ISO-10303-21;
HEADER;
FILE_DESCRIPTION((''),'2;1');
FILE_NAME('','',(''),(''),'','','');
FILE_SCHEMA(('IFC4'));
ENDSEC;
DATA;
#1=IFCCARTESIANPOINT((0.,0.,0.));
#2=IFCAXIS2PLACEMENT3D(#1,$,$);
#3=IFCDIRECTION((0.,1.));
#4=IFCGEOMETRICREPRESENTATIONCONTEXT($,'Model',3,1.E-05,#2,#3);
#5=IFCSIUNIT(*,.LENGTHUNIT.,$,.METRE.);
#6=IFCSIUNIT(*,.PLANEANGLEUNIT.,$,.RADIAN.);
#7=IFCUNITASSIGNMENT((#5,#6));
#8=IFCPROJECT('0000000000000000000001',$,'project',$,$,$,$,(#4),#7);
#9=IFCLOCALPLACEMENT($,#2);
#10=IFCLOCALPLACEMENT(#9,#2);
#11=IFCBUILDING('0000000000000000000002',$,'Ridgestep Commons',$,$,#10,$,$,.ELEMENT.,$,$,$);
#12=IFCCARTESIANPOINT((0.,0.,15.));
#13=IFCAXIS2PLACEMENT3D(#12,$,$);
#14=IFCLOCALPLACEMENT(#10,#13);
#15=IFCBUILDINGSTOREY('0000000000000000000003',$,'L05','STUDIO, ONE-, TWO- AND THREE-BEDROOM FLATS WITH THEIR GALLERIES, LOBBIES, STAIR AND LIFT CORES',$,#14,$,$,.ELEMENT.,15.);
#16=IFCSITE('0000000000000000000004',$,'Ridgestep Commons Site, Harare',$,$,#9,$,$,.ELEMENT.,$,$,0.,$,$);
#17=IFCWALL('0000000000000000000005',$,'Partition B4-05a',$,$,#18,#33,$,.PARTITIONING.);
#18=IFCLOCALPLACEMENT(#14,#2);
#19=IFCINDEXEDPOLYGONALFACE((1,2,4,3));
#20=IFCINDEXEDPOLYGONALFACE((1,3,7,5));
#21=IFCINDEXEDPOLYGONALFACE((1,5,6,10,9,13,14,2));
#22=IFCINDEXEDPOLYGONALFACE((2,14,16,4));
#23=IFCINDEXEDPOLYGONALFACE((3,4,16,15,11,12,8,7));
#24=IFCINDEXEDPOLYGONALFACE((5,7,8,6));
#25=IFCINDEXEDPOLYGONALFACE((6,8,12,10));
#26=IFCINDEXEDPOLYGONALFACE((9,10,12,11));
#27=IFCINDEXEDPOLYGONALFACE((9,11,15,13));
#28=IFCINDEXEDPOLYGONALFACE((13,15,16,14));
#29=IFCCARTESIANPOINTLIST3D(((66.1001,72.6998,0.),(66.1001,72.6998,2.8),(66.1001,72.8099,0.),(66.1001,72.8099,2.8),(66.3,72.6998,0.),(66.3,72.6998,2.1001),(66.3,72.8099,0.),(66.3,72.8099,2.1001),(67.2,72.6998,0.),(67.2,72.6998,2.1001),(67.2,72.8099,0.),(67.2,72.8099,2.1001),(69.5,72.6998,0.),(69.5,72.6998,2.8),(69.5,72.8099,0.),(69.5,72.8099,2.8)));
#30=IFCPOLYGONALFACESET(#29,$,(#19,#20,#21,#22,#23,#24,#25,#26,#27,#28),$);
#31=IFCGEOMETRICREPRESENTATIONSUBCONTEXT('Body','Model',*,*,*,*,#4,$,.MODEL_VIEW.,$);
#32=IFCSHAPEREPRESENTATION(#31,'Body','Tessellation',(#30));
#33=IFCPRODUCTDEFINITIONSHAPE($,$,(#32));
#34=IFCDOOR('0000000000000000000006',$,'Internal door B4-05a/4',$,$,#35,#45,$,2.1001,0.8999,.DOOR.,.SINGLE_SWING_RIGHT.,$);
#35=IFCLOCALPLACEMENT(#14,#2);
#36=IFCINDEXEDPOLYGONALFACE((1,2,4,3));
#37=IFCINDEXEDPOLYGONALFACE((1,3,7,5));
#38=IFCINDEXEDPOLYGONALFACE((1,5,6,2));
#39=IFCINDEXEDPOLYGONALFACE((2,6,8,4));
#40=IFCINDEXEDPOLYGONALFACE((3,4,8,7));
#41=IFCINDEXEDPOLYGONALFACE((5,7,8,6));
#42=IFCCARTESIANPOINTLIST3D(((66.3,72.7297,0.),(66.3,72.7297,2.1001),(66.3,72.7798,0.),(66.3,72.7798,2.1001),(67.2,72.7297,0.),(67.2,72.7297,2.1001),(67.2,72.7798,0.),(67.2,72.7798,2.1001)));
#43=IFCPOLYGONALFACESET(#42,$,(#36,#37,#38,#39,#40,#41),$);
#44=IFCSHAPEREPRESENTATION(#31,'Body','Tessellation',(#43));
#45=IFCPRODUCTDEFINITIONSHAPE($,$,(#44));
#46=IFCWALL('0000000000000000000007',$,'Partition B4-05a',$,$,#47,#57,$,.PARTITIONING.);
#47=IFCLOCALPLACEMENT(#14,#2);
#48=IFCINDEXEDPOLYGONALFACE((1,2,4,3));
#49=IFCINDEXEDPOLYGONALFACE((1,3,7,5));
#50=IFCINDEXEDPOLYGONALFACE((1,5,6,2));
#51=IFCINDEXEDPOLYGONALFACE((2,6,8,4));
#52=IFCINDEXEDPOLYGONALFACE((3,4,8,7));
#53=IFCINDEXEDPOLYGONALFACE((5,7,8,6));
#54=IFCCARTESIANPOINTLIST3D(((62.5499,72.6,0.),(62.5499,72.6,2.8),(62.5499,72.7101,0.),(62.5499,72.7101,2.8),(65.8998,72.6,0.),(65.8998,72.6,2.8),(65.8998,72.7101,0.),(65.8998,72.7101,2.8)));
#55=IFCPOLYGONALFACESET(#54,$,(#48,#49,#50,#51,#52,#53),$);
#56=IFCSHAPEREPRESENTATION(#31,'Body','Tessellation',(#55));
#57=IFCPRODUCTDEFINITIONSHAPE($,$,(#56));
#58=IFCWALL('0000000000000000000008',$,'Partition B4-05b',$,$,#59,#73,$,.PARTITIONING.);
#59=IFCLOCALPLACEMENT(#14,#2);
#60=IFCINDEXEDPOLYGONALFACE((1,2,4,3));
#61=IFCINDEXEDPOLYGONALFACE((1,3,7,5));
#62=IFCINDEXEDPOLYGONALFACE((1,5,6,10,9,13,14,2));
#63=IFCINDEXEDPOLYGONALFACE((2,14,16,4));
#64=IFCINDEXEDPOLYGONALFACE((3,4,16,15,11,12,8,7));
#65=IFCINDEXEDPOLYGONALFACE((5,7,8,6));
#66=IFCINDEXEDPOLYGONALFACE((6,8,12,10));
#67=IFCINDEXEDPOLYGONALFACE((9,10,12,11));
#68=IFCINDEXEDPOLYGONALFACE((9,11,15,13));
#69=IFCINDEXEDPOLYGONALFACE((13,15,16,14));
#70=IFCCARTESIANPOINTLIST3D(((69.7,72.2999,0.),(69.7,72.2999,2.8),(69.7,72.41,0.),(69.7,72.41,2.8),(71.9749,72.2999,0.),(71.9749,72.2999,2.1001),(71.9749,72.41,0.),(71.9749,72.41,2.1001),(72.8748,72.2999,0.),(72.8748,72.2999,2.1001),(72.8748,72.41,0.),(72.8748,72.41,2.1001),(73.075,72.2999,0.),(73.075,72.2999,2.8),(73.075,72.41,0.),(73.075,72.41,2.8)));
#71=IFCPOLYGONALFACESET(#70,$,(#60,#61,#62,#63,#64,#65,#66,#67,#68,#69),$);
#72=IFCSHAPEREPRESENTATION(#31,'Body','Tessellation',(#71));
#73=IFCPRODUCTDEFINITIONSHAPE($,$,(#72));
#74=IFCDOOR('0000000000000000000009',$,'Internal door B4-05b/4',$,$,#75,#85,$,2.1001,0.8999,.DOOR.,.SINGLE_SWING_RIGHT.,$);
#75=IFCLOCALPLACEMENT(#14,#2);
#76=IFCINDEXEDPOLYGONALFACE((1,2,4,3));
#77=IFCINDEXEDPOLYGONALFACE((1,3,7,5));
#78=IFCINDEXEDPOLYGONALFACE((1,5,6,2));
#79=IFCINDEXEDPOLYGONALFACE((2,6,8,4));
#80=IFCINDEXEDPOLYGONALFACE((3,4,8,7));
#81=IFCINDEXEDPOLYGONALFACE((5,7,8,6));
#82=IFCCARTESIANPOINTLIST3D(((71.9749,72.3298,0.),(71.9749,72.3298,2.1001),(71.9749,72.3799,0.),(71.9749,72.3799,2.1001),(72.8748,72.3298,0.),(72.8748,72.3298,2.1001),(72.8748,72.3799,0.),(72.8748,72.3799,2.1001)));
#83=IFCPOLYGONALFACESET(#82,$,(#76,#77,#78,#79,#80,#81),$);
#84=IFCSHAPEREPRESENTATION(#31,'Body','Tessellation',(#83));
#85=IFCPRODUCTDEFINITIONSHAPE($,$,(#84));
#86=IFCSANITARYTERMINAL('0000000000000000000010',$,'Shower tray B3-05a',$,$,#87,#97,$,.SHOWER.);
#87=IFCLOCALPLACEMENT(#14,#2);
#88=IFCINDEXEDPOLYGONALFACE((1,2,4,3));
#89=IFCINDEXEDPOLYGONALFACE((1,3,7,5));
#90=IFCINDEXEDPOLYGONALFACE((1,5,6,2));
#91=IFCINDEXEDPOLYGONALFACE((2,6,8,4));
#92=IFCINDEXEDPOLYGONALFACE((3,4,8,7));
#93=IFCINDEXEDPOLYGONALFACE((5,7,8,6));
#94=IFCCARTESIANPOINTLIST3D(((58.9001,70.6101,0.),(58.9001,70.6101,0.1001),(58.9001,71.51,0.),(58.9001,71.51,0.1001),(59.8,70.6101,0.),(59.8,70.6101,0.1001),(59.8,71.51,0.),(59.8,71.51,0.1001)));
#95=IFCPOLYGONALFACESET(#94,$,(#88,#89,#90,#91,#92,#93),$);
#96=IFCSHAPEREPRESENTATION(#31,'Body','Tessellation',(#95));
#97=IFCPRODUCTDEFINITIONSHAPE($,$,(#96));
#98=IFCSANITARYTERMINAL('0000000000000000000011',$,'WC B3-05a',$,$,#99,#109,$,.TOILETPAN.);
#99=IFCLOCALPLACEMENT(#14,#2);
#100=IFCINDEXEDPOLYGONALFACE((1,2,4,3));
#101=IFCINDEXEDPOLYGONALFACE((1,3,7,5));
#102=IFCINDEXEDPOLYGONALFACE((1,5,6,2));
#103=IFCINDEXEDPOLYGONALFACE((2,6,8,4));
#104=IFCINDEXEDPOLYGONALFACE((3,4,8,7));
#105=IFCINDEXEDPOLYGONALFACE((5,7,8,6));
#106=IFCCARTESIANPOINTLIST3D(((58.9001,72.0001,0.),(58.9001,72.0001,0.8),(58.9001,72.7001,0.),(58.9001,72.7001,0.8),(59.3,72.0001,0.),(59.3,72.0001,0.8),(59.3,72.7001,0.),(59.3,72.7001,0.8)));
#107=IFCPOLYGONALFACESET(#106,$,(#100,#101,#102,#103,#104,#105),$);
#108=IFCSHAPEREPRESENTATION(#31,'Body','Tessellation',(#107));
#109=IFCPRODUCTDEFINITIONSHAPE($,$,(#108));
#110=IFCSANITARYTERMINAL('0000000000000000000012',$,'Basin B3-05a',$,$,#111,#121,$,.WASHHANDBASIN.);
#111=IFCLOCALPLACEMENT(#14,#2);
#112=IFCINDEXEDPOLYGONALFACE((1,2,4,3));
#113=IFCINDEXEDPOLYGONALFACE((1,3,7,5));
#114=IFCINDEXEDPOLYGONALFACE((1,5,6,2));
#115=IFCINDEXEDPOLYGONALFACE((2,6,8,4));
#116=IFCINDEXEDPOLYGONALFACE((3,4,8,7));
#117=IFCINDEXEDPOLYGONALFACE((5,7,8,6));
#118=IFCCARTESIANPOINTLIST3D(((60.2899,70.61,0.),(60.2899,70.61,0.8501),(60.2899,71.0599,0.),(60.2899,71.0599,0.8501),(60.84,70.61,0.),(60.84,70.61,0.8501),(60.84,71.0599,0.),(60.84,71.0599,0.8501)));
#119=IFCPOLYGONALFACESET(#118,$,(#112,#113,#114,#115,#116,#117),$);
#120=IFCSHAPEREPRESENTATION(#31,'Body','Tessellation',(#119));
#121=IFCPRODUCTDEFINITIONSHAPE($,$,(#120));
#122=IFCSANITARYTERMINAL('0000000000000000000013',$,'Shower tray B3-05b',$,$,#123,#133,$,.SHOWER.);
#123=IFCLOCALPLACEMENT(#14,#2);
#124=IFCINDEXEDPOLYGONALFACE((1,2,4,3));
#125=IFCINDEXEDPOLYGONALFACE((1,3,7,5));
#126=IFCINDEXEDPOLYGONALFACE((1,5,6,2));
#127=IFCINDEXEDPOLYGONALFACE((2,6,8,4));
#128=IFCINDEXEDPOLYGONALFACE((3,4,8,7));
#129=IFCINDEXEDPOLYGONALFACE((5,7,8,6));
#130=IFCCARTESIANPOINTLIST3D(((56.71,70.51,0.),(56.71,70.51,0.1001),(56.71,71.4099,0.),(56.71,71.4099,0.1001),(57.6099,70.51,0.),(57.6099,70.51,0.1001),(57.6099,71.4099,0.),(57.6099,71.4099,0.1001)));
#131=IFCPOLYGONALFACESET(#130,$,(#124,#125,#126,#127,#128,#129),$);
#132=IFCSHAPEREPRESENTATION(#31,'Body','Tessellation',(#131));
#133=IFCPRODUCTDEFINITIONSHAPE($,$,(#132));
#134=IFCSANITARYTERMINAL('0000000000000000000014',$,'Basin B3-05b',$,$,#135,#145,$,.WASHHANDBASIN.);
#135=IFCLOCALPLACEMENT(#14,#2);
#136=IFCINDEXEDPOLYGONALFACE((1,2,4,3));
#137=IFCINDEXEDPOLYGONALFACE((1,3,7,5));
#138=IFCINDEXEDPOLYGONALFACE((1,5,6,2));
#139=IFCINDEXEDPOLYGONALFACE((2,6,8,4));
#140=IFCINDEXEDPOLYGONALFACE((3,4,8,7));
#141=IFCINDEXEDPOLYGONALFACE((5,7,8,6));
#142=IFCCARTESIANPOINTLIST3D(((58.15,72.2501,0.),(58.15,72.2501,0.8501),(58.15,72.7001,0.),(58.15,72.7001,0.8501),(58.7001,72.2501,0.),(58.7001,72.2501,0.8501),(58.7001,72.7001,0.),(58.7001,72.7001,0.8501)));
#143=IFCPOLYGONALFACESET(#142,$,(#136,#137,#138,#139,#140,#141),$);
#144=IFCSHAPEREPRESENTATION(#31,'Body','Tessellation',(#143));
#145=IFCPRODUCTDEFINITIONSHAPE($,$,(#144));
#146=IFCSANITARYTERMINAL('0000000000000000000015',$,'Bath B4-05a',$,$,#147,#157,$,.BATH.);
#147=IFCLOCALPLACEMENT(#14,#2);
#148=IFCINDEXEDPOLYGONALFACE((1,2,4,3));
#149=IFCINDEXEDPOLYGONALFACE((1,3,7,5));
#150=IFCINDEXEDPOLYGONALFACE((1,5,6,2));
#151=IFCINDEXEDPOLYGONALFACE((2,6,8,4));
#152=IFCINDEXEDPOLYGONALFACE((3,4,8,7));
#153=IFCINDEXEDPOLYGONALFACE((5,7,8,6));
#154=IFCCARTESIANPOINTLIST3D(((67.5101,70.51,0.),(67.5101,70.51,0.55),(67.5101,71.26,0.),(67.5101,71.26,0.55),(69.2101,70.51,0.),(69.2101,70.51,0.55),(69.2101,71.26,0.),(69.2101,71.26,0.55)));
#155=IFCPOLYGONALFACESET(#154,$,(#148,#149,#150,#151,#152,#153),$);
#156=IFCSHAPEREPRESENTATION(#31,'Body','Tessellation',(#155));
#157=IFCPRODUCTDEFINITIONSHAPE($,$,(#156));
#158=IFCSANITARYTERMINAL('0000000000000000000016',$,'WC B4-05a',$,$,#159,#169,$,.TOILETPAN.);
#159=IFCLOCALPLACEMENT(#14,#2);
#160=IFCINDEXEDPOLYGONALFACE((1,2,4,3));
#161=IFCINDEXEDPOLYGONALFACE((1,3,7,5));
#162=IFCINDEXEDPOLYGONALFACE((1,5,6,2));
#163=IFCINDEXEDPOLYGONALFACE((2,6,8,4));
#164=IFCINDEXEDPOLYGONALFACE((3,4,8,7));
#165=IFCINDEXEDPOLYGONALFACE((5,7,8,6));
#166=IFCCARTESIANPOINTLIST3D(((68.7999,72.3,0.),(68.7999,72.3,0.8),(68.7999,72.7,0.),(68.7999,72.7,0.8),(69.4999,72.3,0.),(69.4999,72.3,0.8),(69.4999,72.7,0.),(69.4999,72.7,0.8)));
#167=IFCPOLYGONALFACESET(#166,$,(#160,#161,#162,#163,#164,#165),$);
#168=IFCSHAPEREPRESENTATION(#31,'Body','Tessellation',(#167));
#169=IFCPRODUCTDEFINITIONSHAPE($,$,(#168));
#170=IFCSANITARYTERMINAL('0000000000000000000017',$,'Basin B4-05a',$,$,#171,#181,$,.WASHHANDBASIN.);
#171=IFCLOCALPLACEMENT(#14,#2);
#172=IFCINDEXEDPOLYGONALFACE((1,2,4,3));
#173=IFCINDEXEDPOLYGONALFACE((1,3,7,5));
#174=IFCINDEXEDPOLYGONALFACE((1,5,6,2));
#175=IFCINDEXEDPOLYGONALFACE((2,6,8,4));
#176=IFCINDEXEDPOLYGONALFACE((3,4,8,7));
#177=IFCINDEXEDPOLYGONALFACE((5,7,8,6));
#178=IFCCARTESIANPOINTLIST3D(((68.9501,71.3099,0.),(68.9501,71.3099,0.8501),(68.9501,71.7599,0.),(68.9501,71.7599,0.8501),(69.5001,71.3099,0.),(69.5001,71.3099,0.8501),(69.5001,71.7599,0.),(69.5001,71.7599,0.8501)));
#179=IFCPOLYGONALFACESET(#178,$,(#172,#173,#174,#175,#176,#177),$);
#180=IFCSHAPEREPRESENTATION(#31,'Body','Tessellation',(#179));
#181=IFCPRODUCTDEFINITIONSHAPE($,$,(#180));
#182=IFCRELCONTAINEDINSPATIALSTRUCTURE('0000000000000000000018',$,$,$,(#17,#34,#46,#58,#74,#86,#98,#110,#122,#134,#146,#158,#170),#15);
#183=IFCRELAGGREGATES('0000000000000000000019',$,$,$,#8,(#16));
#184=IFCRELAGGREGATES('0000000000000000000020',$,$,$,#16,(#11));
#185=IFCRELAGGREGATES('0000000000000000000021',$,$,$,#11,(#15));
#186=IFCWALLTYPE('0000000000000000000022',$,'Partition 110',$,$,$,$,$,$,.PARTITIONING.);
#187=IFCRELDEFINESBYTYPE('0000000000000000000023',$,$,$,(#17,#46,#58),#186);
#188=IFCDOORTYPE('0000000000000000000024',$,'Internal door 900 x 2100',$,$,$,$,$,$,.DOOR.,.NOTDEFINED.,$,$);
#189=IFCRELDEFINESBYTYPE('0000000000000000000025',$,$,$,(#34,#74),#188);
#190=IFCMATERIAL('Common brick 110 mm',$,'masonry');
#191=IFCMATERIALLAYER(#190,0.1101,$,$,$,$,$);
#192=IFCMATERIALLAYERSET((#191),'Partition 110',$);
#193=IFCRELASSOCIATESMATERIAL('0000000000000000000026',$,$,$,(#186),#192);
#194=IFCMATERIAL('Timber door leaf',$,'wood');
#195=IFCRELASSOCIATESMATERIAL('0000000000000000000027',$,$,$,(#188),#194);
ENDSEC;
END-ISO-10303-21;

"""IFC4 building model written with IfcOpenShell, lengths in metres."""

from ifc_helpers import new_model, si_unit, direction, frame, frame_2d, origin, origin_2d, place, context, subcontext, project, spatial, rectangle, extrude, material, layer, layer_set, type_object, element, fill, save


model = new_model("IFC4")

# Units and contexts
model_context = context("Model", 3, precision=1e-05, world=origin(), true_north=direction((0.0, 1.0)))
body_context = subcontext(model_context, "Body", "Model", "MODEL_VIEW")
ifc_project = project(units=[si_unit("LENGTHUNIT", "METRE"), si_unit("PLANEANGLEUNIT", "RADIAN")], contexts=[model_context])

# Site, building, storey
site_placement = place(None, origin())
site = spatial("IfcSite", under=ifc_project, at=site_placement, Name="Ridgestep Commons Site, Harare", CompositionType="ELEMENT", RefElevation=0.0)
building_placement = place(site_placement, origin())
building = spatial("IfcBuilding", under=site, at=building_placement, Name="Ridgestep Commons", CompositionType="ELEMENT")
storey_placement = place(building_placement, frame((0.0, 0.0, 15.0)))
storey = spatial("IfcBuildingStorey", under=building, at=storey_placement, Name="L05", Description="STUDIO, ONE-, TWO- AND THREE-BEDROOM FLATS WITH THEIR GALLERIES, LOBBIES, STAIR AND LIFT CORES", CompositionType="ELEMENT", Elevation=15.0)

# Wall, opening, door
ifc_material_1 = material(Name="Common brick 110 mm", Category="masonry")
ifc_layer_1 = layer(ifc_material_1, 0.1101)
ifc_layer_set_1 = layer_set([ifc_layer_1], Name="Partition 110")
wall_type_1 = type_object("IfcWallType", Name="Partition 110", PredefinedType="PARTITIONING", material=ifc_layer_set_1)
ifc_material_2 = material(Name="Timber door leaf", Category="wood")
door_type = type_object("IfcDoorType", Name="Internal door 900 x 2100", OperationType="NOTDEFINED", PredefinedType="DOOR", material=ifc_material_2)
wall_1_placement = place(storey_placement, frame((66.1001, 72.7549, 0.0), z_axis=(0.0, 0.0, 1.0), x_axis=(1.0, 0.0, 0.0)))
wall_1 = element("IfcWall", 1, at=wall_1_placement, inside=storey, type_object=wall_type_1, Name="Partition B4-05a", PredefinedType="PARTITIONING", context=body_context, shape_type="SweptSolid", body=[
    extrude(rectangle(XDim=3.3999, YDim=0.1101, at=frame_2d((1.7, 0.0))), origin(), (0.0, 0.0, 1.0), 2.8),
])
opening_1_placement = place(wall_1_placement, frame((0.2, 0.0, 0.0)))
opening_1 = element("IfcOpeningElement", 2, at=opening_1_placement, cuts=wall_1, PredefinedType="OPENING", context=body_context, shape_type="SweptSolid", body=[
    extrude(rectangle(XDim=0.8999, YDim=2.1001, at=frame_2d((0.45, 1.05))), frame((0.0, 0.0649, 0.0), z_axis=(0.0, -1.0, 0.0), x_axis=(1.0, 0.0, 0.0)), (0.0, 0.0, 1.0), 0.1301),
])
door_1_placement = place(opening_1_placement, origin())
door_1 = element("IfcDoor", 3, at=door_1_placement, inside=storey, type_object=door_type, Name="Internal door B4-05a/4", OperationType="SINGLE_SWING_RIGHT", OverallHeight=2.1001, OverallWidth=0.8999, PredefinedType="DOOR", context=body_context, shape_type="SweptSolid", body=[
    extrude(rectangle(XDim=0.8999, YDim=2.1001, at=frame_2d((0.45, 1.05))), frame((0.0, 0.0249, 0.0), z_axis=(0.0, -1.0, 0.0), x_axis=(1.0, 0.0, 0.0)), (0.0, 0.0, 1.0), 0.05),
])
fill(opening_1, door_1)

# Wall
wall_2_placement = place(storey_placement, frame((62.55, 72.655, 0.0), z_axis=(0.0, 0.0, 1.0), x_axis=(1.0, 0.0, 0.0)))
element("IfcWall", 4, at=wall_2_placement, inside=storey, type_object=wall_type_1, Name="Partition B4-05a", PredefinedType="PARTITIONING", context=body_context, shape_type="SweptSolid", body=[
    extrude(rectangle(XDim=3.3499, YDim=0.1101, at=frame_2d((1.6748, 0.0))), origin(), (0.0, 0.0, 1.0), 2.8),
])

# Wall, opening, door
wall_3_placement = place(storey_placement, frame((69.7, 72.355, 0.0), z_axis=(0.0, 0.0, 1.0), x_axis=(1.0, 0.0, 0.0)))
wall_3 = element("IfcWall", 5, at=wall_3_placement, inside=storey, type_object=wall_type_1, Name="Partition B4-05b", PredefinedType="PARTITIONING", context=body_context, shape_type="SweptSolid", body=[
    extrude(rectangle(XDim=3.375, YDim=0.1101, at=frame_2d((1.6875, 0.0))), origin(), (0.0, 0.0, 1.0), 2.8),
])
opening_2_placement = place(wall_3_placement, frame((2.2749, 0.0, 0.0)))
opening_2 = element("IfcOpeningElement", 6, at=opening_2_placement, cuts=wall_3, PredefinedType="OPENING", context=body_context, shape_type="SweptSolid", body=[
    extrude(rectangle(XDim=0.8999, YDim=2.1001, at=frame_2d((0.45, 1.05))), frame((0.0, 0.0649, 0.0), z_axis=(0.0, -1.0, 0.0), x_axis=(1.0, 0.0, 0.0)), (0.0, 0.0, 1.0), 0.1301),
])
door_2_placement = place(opening_2_placement, origin())
door_2 = element("IfcDoor", 7, at=door_2_placement, inside=storey, type_object=door_type, Name="Internal door B4-05b/4", OperationType="SINGLE_SWING_RIGHT", OverallHeight=2.1001, OverallWidth=0.8999, PredefinedType="DOOR", context=body_context, shape_type="SweptSolid", body=[
    extrude(rectangle(XDim=0.8999, YDim=2.1001, at=frame_2d((0.45, 1.05))), frame((0.0, 0.0249, 0.0), z_axis=(0.0, -1.0, 0.0), x_axis=(1.0, 0.0, 0.0)), (0.0, 0.0, 1.0), 0.05),
])
fill(opening_2, door_2)

# Sanitary terminals
sanitary_terminal_1_placement = place(storey_placement, frame((59.3501, 71.0601, 0.0), z_axis=(0.0, 0.0, 1.0), x_axis=(1.0, 0.0, 0.0)))
element("IfcSanitaryTerminal", 8, at=sanitary_terminal_1_placement, inside=storey, Name="Shower tray B3-05a", PredefinedType="SHOWER", context=body_context, shape_type="SweptSolid", body=[
    extrude(rectangle(XDim=0.8999, YDim=0.8999, at=origin_2d()), origin(), (0.0, 0.0, 1.0), 0.1001),
])
sanitary_terminal_2_placement = place(storey_placement, frame((59.1001, 72.3501, 0.0), z_axis=(0.0, 0.0, 1.0), x_axis=(1.0, 0.0, 0.0)))
element("IfcSanitaryTerminal", 9, at=sanitary_terminal_2_placement, inside=storey, Name="WC B3-05a", PredefinedType="TOILETPAN", context=body_context, shape_type="SweptSolid", body=[
    extrude(rectangle(XDim=0.3999, YDim=0.7, at=origin_2d()), origin(), (0.0, 0.0, 1.0), 0.8),
])
sanitary_terminal_3_placement = place(storey_placement, frame((60.5649, 70.835, 0.0), z_axis=(0.0, 0.0, 1.0), x_axis=(1.0, 0.0, 0.0)))
element("IfcSanitaryTerminal", 10, at=sanitary_terminal_3_placement, inside=storey, Name="Basin B3-05a", PredefinedType="WASHHANDBASIN", context=body_context, shape_type="SweptSolid", body=[
    extrude(rectangle(XDim=0.55, YDim=0.45, at=origin_2d()), origin(), (0.0, 0.0, 1.0), 0.8501),
])
sanitary_terminal_4_placement = place(storey_placement, frame((57.1599, 70.96, 0.0), z_axis=(0.0, 0.0, 1.0), x_axis=(1.0, 0.0, 0.0)))
element("IfcSanitaryTerminal", 11, at=sanitary_terminal_4_placement, inside=storey, Name="Shower tray B3-05b", PredefinedType="SHOWER", context=body_context, shape_type="SweptSolid", body=[
    extrude(rectangle(XDim=0.8999, YDim=0.8999, at=origin_2d()), origin(), (0.0, 0.0, 1.0), 0.1001),
])
sanitary_terminal_5_placement = place(storey_placement, frame((58.425, 72.4751, 0.0), z_axis=(0.0, 0.0, 1.0), x_axis=(1.0, 0.0, 0.0)))
element("IfcSanitaryTerminal", 12, at=sanitary_terminal_5_placement, inside=storey, Name="Basin B3-05b", PredefinedType="WASHHANDBASIN", context=body_context, shape_type="SweptSolid", body=[
    extrude(rectangle(XDim=0.55, YDim=0.45, at=origin_2d()), origin(), (0.0, 0.0, 1.0), 0.8501),
])
sanitary_terminal_6_placement = place(storey_placement, frame((68.3601, 70.885, 0.0), z_axis=(0.0, 0.0, 1.0), x_axis=(1.0, 0.0, 0.0)))
element("IfcSanitaryTerminal", 13, at=sanitary_terminal_6_placement, inside=storey, Name="Bath B4-05a", PredefinedType="BATH", context=body_context, shape_type="SweptSolid", body=[
    extrude(rectangle(XDim=1.7, YDim=0.75, at=origin_2d()), origin(), (0.0, 0.0, 1.0), 0.55),
])
sanitary_terminal_7_placement = place(storey_placement, frame((69.1499, 72.5, 0.0), z_axis=(0.0, 0.0, 1.0), x_axis=(1.0, 0.0, 0.0)))
element("IfcSanitaryTerminal", 14, at=sanitary_terminal_7_placement, inside=storey, Name="WC B4-05a", PredefinedType="TOILETPAN", context=body_context, shape_type="SweptSolid", body=[
    extrude(rectangle(XDim=0.7, YDim=0.3999, at=origin_2d()), origin(), (0.0, 0.0, 1.0), 0.8),
])
sanitary_terminal_8_placement = place(storey_placement, frame((69.2251, 71.5349, 0.0), z_axis=(0.0, 0.0, 1.0), x_axis=(1.0, 0.0, 0.0)))
element("IfcSanitaryTerminal", 15, at=sanitary_terminal_8_placement, inside=storey, Name="Basin B4-05a", PredefinedType="WASHHANDBASIN", context=body_context, shape_type="SweptSolid", body=[
    extrude(rectangle(XDim=0.55, YDim=0.45, at=origin_2d()), origin(), (0.0, 0.0, 1.0), 0.8501),
])

save(model, "model.ifc")
